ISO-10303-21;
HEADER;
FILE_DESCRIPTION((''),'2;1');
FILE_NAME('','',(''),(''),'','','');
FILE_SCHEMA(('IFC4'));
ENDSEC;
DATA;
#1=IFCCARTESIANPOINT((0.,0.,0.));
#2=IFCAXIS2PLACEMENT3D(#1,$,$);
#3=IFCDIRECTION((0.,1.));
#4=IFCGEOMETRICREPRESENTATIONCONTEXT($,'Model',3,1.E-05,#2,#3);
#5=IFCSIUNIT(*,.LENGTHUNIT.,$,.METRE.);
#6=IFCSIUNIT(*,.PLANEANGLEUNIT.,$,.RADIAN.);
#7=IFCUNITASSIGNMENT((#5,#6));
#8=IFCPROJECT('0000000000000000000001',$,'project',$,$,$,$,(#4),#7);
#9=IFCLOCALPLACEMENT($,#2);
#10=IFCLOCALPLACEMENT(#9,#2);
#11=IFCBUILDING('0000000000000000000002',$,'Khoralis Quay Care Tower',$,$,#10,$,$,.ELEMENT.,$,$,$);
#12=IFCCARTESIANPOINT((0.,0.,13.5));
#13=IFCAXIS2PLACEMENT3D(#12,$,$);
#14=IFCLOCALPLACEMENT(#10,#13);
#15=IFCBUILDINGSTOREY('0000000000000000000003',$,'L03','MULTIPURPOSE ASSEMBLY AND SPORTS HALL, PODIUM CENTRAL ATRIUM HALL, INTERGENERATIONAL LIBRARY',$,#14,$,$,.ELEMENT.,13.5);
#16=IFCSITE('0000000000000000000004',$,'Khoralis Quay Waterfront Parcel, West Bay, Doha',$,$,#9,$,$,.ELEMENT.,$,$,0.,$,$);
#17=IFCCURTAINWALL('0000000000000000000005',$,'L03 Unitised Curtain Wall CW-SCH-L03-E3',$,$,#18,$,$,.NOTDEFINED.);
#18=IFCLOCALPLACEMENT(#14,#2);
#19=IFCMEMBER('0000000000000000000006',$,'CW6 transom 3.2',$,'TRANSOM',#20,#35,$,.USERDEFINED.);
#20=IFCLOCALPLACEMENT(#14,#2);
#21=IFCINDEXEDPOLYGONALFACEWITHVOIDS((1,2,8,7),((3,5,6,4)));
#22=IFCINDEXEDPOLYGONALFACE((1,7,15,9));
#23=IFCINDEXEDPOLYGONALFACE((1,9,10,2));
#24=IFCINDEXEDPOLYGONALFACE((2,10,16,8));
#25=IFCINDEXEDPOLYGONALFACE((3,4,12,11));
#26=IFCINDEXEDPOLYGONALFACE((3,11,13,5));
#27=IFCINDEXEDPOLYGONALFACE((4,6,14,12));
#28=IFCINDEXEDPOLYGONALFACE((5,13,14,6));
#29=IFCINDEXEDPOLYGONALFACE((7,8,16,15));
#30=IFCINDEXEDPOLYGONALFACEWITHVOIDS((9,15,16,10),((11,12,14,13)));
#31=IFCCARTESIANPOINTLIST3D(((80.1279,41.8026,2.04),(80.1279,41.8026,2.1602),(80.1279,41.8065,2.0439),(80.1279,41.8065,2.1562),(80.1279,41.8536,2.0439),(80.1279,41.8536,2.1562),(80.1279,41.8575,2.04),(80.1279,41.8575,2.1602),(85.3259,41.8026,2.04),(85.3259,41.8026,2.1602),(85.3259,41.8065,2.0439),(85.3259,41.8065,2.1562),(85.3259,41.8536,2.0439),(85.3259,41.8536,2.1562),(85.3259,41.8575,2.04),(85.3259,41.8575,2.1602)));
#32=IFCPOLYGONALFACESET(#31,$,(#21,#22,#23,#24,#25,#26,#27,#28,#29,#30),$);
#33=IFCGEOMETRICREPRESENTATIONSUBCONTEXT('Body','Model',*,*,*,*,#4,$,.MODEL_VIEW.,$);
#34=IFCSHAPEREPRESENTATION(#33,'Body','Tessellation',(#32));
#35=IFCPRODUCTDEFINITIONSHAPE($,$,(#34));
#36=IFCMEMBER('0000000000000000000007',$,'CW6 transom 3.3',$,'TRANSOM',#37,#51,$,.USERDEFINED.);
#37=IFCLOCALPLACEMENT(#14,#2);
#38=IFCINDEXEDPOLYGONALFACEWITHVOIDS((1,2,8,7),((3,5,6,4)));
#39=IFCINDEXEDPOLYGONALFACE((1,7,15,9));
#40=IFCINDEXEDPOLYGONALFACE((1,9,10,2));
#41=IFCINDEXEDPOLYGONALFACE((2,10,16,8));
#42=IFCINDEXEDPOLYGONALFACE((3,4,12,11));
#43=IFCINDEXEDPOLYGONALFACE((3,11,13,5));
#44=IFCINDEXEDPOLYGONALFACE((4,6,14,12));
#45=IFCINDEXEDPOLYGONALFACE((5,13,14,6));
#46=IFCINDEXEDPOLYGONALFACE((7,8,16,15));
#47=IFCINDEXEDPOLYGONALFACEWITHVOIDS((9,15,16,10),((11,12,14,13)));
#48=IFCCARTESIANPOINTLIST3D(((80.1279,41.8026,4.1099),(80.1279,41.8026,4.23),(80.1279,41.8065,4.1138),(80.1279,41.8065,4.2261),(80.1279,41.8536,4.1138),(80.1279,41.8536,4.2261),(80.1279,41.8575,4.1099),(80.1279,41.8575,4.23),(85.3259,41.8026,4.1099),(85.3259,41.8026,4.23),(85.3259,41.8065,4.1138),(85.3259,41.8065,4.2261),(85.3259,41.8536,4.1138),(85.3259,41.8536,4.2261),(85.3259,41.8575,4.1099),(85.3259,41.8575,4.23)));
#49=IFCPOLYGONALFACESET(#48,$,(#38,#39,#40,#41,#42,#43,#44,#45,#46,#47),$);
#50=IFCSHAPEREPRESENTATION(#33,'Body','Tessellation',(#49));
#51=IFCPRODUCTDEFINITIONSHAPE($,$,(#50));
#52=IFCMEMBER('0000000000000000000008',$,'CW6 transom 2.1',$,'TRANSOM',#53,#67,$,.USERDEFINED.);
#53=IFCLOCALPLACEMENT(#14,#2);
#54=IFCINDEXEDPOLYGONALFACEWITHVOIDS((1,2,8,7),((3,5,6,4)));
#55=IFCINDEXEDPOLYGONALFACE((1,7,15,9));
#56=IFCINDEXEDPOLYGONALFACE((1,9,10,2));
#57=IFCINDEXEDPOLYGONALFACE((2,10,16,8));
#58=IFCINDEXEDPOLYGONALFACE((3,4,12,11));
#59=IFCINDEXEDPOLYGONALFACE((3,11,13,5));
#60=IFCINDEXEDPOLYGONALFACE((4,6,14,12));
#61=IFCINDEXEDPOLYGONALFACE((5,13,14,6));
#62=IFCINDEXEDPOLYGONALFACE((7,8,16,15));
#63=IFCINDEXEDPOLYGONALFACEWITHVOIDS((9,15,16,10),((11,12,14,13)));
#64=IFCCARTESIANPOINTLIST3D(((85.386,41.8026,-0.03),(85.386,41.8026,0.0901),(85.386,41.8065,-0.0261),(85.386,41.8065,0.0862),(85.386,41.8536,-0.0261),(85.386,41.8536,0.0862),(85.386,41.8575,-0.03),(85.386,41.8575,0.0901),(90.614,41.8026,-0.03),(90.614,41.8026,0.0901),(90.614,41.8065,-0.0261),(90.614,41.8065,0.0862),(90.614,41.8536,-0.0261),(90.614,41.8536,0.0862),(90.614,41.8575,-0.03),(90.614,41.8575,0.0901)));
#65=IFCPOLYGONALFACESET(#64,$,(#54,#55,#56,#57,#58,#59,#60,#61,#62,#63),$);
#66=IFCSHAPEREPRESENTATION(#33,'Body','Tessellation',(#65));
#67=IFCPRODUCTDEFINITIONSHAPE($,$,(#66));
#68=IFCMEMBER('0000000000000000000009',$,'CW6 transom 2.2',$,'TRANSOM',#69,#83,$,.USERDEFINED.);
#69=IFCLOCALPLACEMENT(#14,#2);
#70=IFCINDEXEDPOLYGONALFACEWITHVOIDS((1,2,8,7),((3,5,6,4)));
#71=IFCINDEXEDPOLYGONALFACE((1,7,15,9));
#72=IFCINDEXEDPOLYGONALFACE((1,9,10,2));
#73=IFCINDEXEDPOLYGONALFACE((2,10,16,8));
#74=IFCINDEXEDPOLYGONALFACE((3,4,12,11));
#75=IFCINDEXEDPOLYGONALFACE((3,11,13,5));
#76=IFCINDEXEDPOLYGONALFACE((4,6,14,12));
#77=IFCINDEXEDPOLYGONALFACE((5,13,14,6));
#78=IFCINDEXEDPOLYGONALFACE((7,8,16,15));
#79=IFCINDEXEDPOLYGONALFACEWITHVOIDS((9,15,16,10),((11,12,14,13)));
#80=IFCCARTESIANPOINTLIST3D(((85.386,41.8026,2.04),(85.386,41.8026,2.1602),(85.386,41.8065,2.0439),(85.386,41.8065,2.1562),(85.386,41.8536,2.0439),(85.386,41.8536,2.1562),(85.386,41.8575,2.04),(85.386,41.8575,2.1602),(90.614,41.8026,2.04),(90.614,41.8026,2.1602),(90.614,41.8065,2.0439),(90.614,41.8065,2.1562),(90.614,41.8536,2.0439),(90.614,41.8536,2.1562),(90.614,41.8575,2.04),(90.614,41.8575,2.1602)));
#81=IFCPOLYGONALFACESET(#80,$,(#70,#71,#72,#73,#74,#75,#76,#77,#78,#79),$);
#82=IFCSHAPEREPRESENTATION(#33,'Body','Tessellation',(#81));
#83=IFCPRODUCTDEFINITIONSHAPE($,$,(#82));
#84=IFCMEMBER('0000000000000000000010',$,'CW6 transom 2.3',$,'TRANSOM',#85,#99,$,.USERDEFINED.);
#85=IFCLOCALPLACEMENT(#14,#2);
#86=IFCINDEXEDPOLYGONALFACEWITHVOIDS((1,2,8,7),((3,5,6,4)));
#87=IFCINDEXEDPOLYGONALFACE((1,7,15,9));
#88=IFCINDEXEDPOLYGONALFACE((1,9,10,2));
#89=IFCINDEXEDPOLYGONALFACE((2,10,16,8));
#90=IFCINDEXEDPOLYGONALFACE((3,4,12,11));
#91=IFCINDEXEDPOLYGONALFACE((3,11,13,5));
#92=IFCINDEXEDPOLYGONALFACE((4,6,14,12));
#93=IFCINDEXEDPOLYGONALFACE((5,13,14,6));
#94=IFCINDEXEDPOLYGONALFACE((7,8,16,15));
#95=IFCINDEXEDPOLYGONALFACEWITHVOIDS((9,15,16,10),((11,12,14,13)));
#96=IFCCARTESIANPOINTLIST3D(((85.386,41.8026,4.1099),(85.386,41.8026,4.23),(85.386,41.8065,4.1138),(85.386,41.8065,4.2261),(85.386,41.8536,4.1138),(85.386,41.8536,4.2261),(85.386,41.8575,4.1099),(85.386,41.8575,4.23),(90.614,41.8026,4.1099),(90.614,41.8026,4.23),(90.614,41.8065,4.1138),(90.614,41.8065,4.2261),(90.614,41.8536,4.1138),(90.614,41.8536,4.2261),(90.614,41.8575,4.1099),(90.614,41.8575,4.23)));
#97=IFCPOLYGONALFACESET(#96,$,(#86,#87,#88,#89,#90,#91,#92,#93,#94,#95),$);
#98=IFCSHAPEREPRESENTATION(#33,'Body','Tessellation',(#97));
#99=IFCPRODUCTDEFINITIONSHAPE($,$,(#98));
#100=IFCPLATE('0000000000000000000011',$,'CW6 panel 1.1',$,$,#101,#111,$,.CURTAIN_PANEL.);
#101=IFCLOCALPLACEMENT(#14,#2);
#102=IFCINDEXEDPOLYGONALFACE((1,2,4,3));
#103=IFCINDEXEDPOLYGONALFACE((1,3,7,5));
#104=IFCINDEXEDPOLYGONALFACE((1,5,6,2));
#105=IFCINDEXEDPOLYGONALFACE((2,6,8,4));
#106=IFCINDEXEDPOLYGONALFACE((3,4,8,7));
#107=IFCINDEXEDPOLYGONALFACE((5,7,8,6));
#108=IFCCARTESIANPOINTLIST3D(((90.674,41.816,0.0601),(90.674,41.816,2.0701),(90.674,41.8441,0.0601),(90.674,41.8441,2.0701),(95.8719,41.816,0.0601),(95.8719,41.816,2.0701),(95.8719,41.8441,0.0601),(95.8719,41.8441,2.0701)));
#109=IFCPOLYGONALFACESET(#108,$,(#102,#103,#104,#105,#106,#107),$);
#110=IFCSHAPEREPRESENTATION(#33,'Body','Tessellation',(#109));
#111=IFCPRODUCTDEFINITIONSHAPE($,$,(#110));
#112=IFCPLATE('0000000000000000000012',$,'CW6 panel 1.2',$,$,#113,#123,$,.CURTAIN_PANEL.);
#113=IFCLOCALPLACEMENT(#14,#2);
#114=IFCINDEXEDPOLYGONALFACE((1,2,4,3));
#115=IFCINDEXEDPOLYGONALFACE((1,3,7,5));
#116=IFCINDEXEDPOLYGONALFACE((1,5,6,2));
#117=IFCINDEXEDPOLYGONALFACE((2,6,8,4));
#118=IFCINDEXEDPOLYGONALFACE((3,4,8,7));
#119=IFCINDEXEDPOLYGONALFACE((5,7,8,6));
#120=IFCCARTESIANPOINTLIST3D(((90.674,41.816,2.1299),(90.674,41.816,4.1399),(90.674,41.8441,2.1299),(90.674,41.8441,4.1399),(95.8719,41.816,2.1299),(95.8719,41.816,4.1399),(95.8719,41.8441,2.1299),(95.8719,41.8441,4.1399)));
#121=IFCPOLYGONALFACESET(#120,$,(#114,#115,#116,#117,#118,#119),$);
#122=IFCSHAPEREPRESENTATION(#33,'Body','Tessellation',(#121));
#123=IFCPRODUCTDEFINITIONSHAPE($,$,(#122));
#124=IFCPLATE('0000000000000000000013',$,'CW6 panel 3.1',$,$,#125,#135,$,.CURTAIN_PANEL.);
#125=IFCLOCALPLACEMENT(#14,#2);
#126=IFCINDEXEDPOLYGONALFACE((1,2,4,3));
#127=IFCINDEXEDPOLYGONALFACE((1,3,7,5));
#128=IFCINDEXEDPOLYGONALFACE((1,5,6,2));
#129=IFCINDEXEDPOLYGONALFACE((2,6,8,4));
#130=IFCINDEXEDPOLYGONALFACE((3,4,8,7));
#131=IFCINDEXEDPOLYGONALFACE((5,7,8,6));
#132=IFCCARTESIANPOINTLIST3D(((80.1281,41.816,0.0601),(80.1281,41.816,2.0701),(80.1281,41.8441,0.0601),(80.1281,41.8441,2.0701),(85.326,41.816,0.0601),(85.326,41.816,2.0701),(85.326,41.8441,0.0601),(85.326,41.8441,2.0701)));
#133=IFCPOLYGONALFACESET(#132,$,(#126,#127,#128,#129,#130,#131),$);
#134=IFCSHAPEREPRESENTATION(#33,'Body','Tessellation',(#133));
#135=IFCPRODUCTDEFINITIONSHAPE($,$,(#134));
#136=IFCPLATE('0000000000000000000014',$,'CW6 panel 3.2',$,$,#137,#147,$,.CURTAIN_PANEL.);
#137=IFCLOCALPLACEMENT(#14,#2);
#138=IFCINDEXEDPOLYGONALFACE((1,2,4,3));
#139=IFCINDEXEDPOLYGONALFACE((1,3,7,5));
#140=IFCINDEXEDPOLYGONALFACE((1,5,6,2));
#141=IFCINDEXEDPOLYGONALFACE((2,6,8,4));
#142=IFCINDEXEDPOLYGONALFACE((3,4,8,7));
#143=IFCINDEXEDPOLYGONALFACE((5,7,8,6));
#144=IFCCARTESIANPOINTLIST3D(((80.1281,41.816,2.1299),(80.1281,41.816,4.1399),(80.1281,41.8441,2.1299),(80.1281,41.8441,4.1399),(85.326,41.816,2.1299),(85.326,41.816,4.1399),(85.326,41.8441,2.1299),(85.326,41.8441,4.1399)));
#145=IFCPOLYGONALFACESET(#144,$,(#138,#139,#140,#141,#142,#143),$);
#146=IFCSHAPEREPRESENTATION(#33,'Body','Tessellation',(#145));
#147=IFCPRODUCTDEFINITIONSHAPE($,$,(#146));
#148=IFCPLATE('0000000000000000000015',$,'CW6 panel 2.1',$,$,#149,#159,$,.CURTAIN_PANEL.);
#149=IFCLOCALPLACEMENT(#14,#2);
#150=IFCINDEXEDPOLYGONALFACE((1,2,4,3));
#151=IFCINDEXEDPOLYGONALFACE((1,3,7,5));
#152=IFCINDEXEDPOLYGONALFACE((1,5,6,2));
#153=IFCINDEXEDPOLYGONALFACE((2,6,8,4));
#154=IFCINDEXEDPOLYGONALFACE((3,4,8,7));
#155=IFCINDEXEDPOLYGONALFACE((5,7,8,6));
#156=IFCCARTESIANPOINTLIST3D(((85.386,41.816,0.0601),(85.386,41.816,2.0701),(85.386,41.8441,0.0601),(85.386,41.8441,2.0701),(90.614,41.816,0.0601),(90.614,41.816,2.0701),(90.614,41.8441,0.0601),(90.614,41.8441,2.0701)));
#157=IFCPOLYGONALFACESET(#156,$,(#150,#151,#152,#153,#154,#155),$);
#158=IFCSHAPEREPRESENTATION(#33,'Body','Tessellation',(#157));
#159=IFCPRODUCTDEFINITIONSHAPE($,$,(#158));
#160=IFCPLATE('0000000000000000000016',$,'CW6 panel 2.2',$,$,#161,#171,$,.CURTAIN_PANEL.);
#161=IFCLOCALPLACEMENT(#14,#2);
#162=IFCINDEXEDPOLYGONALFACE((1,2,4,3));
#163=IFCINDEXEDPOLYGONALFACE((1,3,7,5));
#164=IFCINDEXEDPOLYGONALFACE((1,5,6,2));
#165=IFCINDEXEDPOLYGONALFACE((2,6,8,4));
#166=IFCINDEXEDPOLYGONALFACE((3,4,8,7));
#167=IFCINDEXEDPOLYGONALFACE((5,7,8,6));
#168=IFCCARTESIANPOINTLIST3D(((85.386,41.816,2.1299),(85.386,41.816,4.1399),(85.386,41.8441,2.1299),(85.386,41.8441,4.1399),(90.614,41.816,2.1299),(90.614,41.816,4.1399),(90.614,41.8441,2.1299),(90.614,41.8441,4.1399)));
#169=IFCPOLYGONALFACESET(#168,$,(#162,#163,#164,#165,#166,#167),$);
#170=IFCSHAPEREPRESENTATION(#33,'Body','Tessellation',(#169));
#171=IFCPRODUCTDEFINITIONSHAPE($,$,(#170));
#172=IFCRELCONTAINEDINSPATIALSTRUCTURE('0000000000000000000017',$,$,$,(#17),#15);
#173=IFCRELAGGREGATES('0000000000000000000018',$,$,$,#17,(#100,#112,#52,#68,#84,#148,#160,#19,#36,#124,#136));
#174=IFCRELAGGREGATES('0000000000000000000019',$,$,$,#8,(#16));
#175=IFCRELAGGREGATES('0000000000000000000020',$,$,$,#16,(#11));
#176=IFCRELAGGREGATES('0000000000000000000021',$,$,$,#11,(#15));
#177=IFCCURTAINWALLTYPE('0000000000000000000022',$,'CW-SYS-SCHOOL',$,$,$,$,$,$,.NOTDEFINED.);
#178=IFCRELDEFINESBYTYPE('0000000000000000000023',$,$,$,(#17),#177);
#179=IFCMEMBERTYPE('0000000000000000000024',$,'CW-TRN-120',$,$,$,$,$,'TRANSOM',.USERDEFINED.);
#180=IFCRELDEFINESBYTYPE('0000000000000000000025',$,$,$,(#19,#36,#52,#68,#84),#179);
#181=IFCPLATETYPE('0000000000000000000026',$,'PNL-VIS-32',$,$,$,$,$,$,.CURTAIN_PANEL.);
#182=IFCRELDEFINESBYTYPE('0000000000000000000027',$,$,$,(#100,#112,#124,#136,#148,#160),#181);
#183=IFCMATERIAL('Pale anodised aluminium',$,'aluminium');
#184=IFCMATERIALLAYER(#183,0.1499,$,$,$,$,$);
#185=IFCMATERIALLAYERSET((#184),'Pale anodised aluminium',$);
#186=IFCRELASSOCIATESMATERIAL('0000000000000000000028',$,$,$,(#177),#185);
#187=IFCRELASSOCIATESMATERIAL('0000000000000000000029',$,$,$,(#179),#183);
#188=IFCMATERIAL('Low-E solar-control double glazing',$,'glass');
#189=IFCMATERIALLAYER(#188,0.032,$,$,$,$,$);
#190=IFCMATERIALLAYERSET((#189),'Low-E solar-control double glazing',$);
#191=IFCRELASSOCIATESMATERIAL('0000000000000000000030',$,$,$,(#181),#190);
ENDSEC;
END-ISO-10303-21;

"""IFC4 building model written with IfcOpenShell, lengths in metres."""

from ifc_helpers import new_model, si_unit, direction, frame, origin, origin_2d, place, context, subcontext, project, spatial, rectangle, hollow_rectangle, extrude, source, transform, mapped, material, layer, layer_set, material_profile, profile_set, type_object, element, aggregate, save


model = new_model("IFC4")

# Units and contexts
model_context = context("Model", 3, precision=1e-05, world=origin(), true_north=direction((0.0, 1.0)))
body_context = subcontext(model_context, "Body", "Model", "MODEL_VIEW")
ifc_project = project(units=[si_unit("LENGTHUNIT", "METRE"), si_unit("PLANEANGLEUNIT", "RADIAN")], contexts=[model_context])

# Site, building, storey
site_placement = place(None, origin())
site = spatial("IfcSite", under=ifc_project, at=site_placement, Name="Khoralis Quay Waterfront Parcel, West Bay, Doha", CompositionType="ELEMENT", RefElevation=0.0)
building_placement = place(site_placement, origin())
building = spatial("IfcBuilding", under=site, at=building_placement, Name="Khoralis Quay Care Tower", CompositionType="ELEMENT")
storey_placement = place(building_placement, frame((0.0, 0.0, 13.5)))
storey = spatial("IfcBuildingStorey", under=building, at=storey_placement, Name="L03", Description="MULTIPURPOSE ASSEMBLY AND SPORTS HALL, PODIUM CENTRAL ATRIUM HALL, INTERGENERATIONAL LIBRARY", CompositionType="ELEMENT", Elevation=13.5)

# Curtain wall, members, plates
ifc_material_1 = material(Name="Pale anodised aluminium", Category="aluminium")
ifc_layer_1 = layer(ifc_material_1, 0.1499)
ifc_layer_set_1 = layer_set([ifc_layer_1], Name="Pale anodised aluminium")
curtain_wall_type = type_object("IfcCurtainWallType", Name="CW-SYS-SCHOOL", PredefinedType="NOTDEFINED", material=ifc_layer_set_1)
curtain_wall_placement = place(storey_placement, origin())
curtain_wall = element("IfcCurtainWall", 1, at=curtain_wall_placement, inside=storey, type_object=curtain_wall_type, Name="L03 Unitised Curtain Wall CW-SCH-L03-E3", PredefinedType="NOTDEFINED")
ifc_material_profile_1 = material_profile(ifc_material_1, hollow_rectangle(XDim=0.0549, YDim=0.1201, WallThickness=0.0039, at=origin_2d()), Name="Pale anodised aluminium")
ifc_profile_set_1 = profile_set([ifc_material_profile_1], Name="Pale anodised aluminium")
member_type_1 = type_object("IfcMemberType", Name="CW-TRN-120", ElementType="TRANSOM", PredefinedType="USERDEFINED", material=ifc_profile_set_1)
shared_shape_1 = source(origin(), body_context, "Body", "SweptSolid", [
    extrude(hollow_rectangle(XDim=0.0549, YDim=0.1201, WallThickness=0.0039, at=origin_2d()), origin(), (0.0, 0.0, 1.0), 5.198),
])
member_1_placement = place(storey_placement, frame((85.3259, 41.8301, 2.1001), z_axis=(-1.0, 0.0, 0.0), x_axis=(0.0, -1.0, 0.0)))
member_1 = element("IfcMember", 2, at=member_1_placement, type_object=member_type_1, Name="CW6 transom 3.2", ObjectType="TRANSOM", PredefinedType="USERDEFINED", context=body_context, shape_type="MappedRepresentation", body=[
    mapped(shared_shape_1, transform((0.0, 0.0, 0.0), scale=1.0)),
])
member_2_placement = place(storey_placement, frame((85.3259, 41.8301, 4.1699), z_axis=(-1.0, 0.0, 0.0), x_axis=(0.0, -1.0, 0.0)))
member_2 = element("IfcMember", 3, at=member_2_placement, type_object=member_type_1, Name="CW6 transom 3.3", ObjectType="TRANSOM", PredefinedType="USERDEFINED", context=body_context, shape_type="MappedRepresentation", body=[
    mapped(shared_shape_1, transform((0.0, 0.0, 0.0), scale=1.0)),
])
shared_shape_2 = source(origin(), body_context, "Body", "SweptSolid", [
    extrude(hollow_rectangle(XDim=0.0549, YDim=0.1201, WallThickness=0.0039, at=origin_2d()), origin(), (0.0, 0.0, 1.0), 5.228),
])
member_3_placement = place(storey_placement, frame((90.614, 41.8301, 0.03), z_axis=(-1.0, 0.0, 0.0), x_axis=(0.0, -1.0, 0.0)))
member_3 = element("IfcMember", 4, at=member_3_placement, type_object=member_type_1, Name="CW6 transom 2.1", ObjectType="TRANSOM", PredefinedType="USERDEFINED", context=body_context, shape_type="MappedRepresentation", body=[
    mapped(shared_shape_2, transform((0.0, 0.0, 0.0), scale=1.0)),
])
member_4_placement = place(storey_placement, frame((90.614, 41.8301, 2.1001), z_axis=(-1.0, 0.0, 0.0), x_axis=(0.0, -1.0, 0.0)))
member_4 = element("IfcMember", 5, at=member_4_placement, type_object=member_type_1, Name="CW6 transom 2.2", ObjectType="TRANSOM", PredefinedType="USERDEFINED", context=body_context, shape_type="MappedRepresentation", body=[
    mapped(shared_shape_2, transform((0.0, 0.0, 0.0), scale=1.0)),
])
member_5_placement = place(storey_placement, frame((90.614, 41.8301, 4.1699), z_axis=(-1.0, 0.0, 0.0), x_axis=(0.0, -1.0, 0.0)))
member_5 = element("IfcMember", 6, at=member_5_placement, type_object=member_type_1, Name="CW6 transom 2.3", ObjectType="TRANSOM", PredefinedType="USERDEFINED", context=body_context, shape_type="MappedRepresentation", body=[
    mapped(shared_shape_2, transform((0.0, 0.0, 0.0), scale=1.0)),
])
ifc_material_2 = material(Name="Low-E solar-control double glazing", Category="glass")
ifc_layer_2 = layer(ifc_material_2, 0.032)
ifc_layer_set_2 = layer_set([ifc_layer_2], Name="Low-E solar-control double glazing")
plate_type = type_object("IfcPlateType", Name="PNL-VIS-32", PredefinedType="CURTAIN_PANEL", material=ifc_layer_set_2)
shared_shape_3 = source(origin(), body_context, "Body", "SweptSolid", [
    extrude(rectangle(XDim=5.198, YDim=0.0281, at=origin_2d()), origin(), (0.0, 0.0, 1.0), 2.01),
])
plate_1_placement = place(storey_placement, frame((93.2729, 41.8301, 0.0601), z_axis=(0.0, 0.0, 1.0), x_axis=(-1.0, 0.0, 0.0)))
plate_1 = element("IfcPlate", 7, at=plate_1_placement, type_object=plate_type, Name="CW6 panel 1.1", PredefinedType="CURTAIN_PANEL", context=body_context, shape_type="MappedRepresentation", body=[
    mapped(shared_shape_3, transform((0.0, 0.0, 0.0), scale=1.0)),
])
plate_2_placement = place(storey_placement, frame((93.2729, 41.8301, 2.1299), z_axis=(0.0, 0.0, 1.0), x_axis=(-1.0, 0.0, 0.0)))
plate_2 = element("IfcPlate", 8, at=plate_2_placement, type_object=plate_type, Name="CW6 panel 1.2", PredefinedType="CURTAIN_PANEL", context=body_context, shape_type="MappedRepresentation", body=[
    mapped(shared_shape_3, transform((0.0, 0.0, 0.0), scale=1.0)),
])
plate_3_placement = place(storey_placement, frame((82.7271, 41.8301, 0.0601), z_axis=(0.0, 0.0, 1.0), x_axis=(-1.0, 0.0, 0.0)))
plate_3 = element("IfcPlate", 9, at=plate_3_placement, type_object=plate_type, Name="CW6 panel 3.1", PredefinedType="CURTAIN_PANEL", context=body_context, shape_type="MappedRepresentation", body=[
    mapped(shared_shape_3, transform((0.0, 0.0, 0.0), scale=1.0)),
])
plate_4_placement = place(storey_placement, frame((82.7271, 41.8301, 2.1299), z_axis=(0.0, 0.0, 1.0), x_axis=(-1.0, 0.0, 0.0)))
plate_4 = element("IfcPlate", 10, at=plate_4_placement, type_object=plate_type, Name="CW6 panel 3.2", PredefinedType="CURTAIN_PANEL", context=body_context, shape_type="MappedRepresentation", body=[
    mapped(shared_shape_3, transform((0.0, 0.0, 0.0), scale=1.0)),
])
shared_shape_4 = source(origin(), body_context, "Body", "SweptSolid", [
    extrude(rectangle(XDim=5.228, YDim=0.0281, at=origin_2d()), origin(), (0.0, 0.0, 1.0), 2.01),
])
plate_5_placement = place(storey_placement, frame((88.0, 41.8301, 0.0601), z_axis=(0.0, 0.0, 1.0), x_axis=(-1.0, 0.0, 0.0)))
plate_5 = element("IfcPlate", 11, at=plate_5_placement, type_object=plate_type, Name="CW6 panel 2.1", PredefinedType="CURTAIN_PANEL", context=body_context, shape_type="MappedRepresentation", body=[
    mapped(shared_shape_4, transform((0.0, 0.0, 0.0), scale=1.0)),
])
plate_6_placement = place(storey_placement, frame((88.0, 41.8301, 2.1299), z_axis=(0.0, 0.0, 1.0), x_axis=(-1.0, 0.0, 0.0)))
plate_6 = element("IfcPlate", 12, at=plate_6_placement, type_object=plate_type, Name="CW6 panel 2.2", PredefinedType="CURTAIN_PANEL", context=body_context, shape_type="MappedRepresentation", body=[
    mapped(shared_shape_4, transform((0.0, 0.0, 0.0), scale=1.0)),
])
aggregate(curtain_wall, [plate_1, plate_2, member_3, member_4, member_5, plate_5, plate_6, member_1, member_2, plate_3, plate_4])

save(model, "model.ifc")
